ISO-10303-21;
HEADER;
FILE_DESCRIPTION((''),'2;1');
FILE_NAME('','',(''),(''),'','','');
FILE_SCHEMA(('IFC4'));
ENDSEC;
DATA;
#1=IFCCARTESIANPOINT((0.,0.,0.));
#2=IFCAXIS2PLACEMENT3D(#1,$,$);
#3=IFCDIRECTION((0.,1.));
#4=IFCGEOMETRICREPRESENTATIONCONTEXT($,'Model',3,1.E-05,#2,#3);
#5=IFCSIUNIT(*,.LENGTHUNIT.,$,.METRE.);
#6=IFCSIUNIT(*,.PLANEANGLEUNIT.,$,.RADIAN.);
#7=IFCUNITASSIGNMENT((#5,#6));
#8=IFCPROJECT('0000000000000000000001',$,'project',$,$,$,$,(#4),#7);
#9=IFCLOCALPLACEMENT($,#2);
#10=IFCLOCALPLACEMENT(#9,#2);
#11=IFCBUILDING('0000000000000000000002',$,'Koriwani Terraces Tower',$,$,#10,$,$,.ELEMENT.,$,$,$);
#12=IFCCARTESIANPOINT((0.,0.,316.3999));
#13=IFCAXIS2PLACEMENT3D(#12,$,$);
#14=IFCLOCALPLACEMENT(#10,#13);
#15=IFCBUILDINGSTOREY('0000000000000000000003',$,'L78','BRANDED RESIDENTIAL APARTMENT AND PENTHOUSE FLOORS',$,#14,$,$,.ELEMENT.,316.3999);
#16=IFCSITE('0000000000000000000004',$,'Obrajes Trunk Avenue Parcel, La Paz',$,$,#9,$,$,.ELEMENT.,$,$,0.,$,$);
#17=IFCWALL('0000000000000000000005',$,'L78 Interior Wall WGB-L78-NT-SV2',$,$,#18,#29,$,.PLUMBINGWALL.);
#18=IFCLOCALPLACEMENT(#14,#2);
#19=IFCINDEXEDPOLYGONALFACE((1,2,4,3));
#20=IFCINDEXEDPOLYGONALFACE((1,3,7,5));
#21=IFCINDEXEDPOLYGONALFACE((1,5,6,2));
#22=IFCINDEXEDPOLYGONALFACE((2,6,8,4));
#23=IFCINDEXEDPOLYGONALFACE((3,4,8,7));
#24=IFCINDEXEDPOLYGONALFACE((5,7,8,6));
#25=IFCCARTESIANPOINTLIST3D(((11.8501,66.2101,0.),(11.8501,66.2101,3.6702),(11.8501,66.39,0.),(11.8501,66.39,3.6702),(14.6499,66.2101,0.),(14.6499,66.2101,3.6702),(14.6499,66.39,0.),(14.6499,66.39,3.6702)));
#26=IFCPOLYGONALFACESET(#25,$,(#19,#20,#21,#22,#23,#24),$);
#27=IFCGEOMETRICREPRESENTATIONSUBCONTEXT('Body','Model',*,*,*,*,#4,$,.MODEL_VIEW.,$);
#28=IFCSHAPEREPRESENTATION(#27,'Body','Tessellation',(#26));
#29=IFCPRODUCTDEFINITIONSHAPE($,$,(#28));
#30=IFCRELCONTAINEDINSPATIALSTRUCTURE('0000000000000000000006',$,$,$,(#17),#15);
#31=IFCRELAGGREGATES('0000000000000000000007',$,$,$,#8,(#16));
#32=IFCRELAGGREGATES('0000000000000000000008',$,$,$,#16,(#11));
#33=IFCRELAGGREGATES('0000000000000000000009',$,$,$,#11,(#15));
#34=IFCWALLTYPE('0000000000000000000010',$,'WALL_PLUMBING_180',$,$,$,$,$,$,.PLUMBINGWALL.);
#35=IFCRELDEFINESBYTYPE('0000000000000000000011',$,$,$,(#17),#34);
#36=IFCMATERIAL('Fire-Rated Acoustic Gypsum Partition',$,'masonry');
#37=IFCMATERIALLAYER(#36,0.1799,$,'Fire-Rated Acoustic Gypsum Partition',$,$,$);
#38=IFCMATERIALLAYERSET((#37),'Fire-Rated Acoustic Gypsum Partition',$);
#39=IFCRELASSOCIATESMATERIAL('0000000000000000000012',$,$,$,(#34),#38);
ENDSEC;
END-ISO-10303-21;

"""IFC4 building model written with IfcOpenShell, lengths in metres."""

from ifc_helpers import new_model, si_unit, direction, frame, frame_2d, origin, place, context, subcontext, project, spatial, rectangle, extrude, material, layer, layer_set, type_object, element, save


model = new_model("IFC4")

# Units and contexts
model_context = context("Model", 3, precision=1e-05, world=origin(), true_north=direction((0.0, 1.0)))
body_context = subcontext(model_context, "Body", "Model", "MODEL_VIEW")
ifc_project = project(units=[si_unit("LENGTHUNIT", "METRE"), si_unit("PLANEANGLEUNIT", "RADIAN")], contexts=[model_context])

# Site, building, storey
site_placement = place(None, origin())
site = spatial("IfcSite", under=ifc_project, at=site_placement, Name="Obrajes Trunk Avenue Parcel, La Paz", CompositionType="ELEMENT", RefElevation=0.0)
building_placement = place(site_placement, origin())
building = spatial("IfcBuilding", under=site, at=building_placement, Name="Koriwani Terraces Tower", CompositionType="ELEMENT")
storey_placement = place(building_placement, frame((0.0, 0.0, 316.3999)))
storey = spatial("IfcBuildingStorey", under=building, at=storey_placement, Name="L78", Description="BRANDED RESIDENTIAL APARTMENT AND PENTHOUSE FLOORS", CompositionType="ELEMENT", Elevation=316.3999)

# Shared definitions
ifc_material_1 = material(Name="Fire-Rated Acoustic Gypsum Partition", Category="masonry")
ifc_layer_1 = layer(ifc_material_1, 0.1799, Name="Fire-Rated Acoustic Gypsum Partition")
ifc_layer_set_1 = layer_set([ifc_layer_1], Name="Fire-Rated Acoustic Gypsum Partition")
wall_type_1 = type_object("IfcWallType", Name="WALL_PLUMBING_180", PredefinedType="PLUMBINGWALL", material=ifc_layer_set_1)

# Wall
for number, where, z_axis, x_axis, name in (
    (1, (11.8501, 66.3, 0.0), (0.0, 0.0, 1.0), (1.0, 0.0, 0.0), "L78 Interior Wall WGB-L78-NT-SV2"),
):
    element("IfcWall", number, at=place(storey_placement, frame(where, z_axis=z_axis, x_axis=x_axis)), inside=storey, type_object=wall_type_1, Name=name, PredefinedType="PLUMBINGWALL", context=body_context, shape_type="SweptSolid", body=[
        extrude(rectangle(XDim=2.7998, YDim=0.1799, at=frame_2d((1.3999, 0.0))), origin(), (0.0, 0.0, 1.0), 3.6702),
    ])

save(model, "model.ifc")
